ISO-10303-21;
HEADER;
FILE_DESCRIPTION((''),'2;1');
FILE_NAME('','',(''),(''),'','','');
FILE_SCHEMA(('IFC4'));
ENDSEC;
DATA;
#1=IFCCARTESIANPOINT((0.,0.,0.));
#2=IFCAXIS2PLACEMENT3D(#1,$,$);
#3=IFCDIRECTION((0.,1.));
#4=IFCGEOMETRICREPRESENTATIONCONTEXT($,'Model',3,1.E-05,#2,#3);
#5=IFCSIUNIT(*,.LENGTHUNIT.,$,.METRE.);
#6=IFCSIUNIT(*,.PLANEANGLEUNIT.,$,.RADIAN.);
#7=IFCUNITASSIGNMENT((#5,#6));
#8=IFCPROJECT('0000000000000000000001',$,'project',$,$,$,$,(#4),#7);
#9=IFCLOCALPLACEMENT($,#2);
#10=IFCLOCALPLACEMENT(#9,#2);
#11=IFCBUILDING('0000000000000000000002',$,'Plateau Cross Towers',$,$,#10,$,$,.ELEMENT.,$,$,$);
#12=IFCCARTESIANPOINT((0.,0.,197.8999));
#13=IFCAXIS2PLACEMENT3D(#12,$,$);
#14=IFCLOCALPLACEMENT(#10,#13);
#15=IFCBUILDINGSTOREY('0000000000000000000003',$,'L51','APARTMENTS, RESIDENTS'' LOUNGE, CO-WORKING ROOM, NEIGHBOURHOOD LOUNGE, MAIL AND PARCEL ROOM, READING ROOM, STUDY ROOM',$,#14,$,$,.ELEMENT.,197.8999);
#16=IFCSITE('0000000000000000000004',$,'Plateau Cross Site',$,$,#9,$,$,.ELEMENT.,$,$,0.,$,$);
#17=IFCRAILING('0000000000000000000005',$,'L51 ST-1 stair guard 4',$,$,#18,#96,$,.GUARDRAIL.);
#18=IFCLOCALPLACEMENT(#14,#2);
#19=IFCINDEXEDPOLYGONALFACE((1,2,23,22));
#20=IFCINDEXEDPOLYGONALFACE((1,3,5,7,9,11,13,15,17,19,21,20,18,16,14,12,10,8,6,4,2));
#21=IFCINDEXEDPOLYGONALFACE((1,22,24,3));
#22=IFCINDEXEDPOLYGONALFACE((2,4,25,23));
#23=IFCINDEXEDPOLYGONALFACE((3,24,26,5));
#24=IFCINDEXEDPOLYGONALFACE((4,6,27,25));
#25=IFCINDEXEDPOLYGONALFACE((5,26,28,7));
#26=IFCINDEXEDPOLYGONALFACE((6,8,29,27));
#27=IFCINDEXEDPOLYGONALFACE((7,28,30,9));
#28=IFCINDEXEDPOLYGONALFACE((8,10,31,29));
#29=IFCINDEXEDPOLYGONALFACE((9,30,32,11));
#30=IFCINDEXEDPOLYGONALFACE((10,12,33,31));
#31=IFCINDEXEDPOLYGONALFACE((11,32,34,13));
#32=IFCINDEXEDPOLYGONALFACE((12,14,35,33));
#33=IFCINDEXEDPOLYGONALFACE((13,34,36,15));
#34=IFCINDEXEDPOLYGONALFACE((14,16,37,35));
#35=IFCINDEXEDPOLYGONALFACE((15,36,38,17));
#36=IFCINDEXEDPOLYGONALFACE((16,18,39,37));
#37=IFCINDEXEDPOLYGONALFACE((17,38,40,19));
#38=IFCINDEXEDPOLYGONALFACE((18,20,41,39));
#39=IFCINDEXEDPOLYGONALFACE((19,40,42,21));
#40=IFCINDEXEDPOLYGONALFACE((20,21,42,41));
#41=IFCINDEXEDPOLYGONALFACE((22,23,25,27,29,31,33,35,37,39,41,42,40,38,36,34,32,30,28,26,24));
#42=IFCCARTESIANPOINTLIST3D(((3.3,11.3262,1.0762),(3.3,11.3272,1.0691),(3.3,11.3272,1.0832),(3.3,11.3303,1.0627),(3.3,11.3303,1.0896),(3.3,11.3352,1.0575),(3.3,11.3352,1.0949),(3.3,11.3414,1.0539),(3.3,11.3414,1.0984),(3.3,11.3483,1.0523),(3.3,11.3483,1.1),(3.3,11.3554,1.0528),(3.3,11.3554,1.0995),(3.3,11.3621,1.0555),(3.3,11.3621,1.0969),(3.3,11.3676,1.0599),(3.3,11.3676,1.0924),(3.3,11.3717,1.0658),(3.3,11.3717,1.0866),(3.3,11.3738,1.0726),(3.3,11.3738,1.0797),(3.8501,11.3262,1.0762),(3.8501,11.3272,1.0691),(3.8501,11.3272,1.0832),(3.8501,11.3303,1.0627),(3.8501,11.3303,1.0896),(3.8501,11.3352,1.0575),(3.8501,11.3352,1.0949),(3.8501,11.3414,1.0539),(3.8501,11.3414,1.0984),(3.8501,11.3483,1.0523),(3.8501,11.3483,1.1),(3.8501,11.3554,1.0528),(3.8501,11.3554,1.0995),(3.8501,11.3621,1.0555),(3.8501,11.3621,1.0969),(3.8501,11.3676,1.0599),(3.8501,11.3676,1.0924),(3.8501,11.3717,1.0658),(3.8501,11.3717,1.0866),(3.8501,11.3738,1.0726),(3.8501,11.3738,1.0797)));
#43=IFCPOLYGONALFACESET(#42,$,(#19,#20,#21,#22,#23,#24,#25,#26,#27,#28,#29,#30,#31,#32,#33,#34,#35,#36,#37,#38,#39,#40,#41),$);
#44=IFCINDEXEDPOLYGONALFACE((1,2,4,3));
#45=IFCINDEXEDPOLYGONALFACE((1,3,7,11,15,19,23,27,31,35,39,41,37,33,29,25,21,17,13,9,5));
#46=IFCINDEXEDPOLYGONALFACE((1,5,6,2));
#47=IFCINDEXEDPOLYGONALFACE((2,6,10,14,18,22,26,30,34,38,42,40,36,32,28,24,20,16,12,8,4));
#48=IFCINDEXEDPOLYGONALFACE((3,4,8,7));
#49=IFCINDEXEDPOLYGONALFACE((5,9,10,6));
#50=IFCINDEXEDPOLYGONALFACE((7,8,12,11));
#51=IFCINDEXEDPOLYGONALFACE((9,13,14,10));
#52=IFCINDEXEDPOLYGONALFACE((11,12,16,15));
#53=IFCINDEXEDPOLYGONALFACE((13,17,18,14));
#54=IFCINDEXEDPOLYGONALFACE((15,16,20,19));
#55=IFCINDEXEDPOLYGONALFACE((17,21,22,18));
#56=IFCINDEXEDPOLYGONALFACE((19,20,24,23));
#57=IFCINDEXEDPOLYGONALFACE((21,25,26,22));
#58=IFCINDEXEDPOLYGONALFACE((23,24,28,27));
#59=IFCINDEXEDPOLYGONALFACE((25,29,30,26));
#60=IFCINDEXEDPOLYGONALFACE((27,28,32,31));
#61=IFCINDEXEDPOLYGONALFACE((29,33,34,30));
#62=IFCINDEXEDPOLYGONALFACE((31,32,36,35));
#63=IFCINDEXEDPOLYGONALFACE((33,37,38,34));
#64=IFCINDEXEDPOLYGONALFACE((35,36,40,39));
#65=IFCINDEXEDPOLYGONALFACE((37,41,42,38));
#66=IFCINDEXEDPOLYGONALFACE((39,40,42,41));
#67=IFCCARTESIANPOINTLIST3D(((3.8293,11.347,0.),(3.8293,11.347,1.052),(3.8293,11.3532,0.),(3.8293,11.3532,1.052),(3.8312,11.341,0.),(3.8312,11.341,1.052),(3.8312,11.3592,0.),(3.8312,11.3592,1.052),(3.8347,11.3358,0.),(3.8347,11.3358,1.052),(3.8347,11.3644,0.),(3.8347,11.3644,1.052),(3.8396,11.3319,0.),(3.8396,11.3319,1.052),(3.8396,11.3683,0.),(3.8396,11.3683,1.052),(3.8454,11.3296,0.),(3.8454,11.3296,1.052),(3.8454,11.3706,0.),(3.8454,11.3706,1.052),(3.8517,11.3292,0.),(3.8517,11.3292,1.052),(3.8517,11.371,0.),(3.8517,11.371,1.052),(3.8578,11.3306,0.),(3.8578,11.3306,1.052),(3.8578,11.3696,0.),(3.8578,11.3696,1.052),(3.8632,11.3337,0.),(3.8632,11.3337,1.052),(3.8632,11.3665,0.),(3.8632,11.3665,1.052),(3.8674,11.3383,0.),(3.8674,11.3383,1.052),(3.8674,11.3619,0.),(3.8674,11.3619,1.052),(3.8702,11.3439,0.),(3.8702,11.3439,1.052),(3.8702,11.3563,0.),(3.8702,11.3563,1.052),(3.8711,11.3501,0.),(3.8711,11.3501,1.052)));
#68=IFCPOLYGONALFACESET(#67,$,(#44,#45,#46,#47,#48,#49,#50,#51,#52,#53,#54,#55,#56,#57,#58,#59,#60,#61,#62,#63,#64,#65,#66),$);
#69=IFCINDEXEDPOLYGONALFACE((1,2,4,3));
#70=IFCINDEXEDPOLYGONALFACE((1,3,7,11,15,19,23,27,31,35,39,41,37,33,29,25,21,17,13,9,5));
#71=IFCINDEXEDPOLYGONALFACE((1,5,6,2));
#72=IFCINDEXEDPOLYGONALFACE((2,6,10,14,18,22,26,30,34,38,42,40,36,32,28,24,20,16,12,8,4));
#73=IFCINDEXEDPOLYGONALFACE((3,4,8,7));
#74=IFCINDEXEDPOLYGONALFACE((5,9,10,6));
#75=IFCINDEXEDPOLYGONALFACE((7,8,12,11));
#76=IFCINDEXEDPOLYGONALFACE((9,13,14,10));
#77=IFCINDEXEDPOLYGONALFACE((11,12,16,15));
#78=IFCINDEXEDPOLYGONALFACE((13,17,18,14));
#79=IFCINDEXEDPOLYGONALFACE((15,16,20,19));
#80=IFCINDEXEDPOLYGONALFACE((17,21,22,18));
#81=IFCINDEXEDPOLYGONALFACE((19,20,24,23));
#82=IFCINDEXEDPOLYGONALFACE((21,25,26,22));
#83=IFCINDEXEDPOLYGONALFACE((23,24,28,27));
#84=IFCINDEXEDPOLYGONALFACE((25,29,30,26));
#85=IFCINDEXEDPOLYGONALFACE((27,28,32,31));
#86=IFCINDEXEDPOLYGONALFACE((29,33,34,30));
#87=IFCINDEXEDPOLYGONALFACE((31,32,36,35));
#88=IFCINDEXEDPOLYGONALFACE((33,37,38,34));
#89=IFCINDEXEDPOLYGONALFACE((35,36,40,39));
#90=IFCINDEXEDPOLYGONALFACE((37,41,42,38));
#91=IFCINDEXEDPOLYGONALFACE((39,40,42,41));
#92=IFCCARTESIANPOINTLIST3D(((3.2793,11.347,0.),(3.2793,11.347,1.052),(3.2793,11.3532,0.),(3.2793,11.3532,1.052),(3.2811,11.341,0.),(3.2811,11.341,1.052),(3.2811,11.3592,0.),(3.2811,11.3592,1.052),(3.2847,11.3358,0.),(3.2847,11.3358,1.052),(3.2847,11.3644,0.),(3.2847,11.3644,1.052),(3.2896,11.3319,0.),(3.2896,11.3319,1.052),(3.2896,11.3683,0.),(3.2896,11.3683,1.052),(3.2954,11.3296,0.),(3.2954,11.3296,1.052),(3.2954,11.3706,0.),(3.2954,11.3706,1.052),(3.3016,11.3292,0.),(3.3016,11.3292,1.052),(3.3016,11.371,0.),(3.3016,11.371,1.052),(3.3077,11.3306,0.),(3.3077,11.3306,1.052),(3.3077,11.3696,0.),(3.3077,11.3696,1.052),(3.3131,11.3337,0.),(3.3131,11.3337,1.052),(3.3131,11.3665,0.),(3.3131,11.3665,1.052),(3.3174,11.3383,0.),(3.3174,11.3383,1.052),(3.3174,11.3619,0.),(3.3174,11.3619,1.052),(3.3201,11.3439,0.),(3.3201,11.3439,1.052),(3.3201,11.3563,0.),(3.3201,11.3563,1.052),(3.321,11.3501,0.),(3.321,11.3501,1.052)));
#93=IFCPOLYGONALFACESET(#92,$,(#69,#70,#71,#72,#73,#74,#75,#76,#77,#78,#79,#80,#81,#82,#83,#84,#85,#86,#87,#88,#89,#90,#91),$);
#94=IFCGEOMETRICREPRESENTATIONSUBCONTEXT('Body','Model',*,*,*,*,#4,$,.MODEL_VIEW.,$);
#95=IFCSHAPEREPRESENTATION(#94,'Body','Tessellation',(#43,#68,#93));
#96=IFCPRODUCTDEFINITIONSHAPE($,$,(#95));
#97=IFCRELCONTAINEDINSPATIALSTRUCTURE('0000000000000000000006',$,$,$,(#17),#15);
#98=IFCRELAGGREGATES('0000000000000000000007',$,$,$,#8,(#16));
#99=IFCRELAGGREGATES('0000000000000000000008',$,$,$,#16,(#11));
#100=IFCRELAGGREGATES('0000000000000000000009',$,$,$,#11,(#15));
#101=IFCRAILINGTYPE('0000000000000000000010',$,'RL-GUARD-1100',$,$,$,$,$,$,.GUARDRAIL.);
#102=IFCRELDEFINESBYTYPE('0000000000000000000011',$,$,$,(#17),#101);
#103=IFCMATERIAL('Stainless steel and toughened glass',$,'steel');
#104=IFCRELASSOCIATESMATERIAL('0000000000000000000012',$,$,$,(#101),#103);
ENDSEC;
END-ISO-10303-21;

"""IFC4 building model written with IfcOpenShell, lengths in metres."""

from ifc_helpers import new_model, si_unit, direction, frame, origin, origin_2d, place, context, subcontext, project, spatial, circle, extrude, material, type_object, element, save


model = new_model("IFC4")

# Units and contexts
model_context = context("Model", 3, precision=1e-05, world=origin(), true_north=direction((0.0, 1.0)))
body_context = subcontext(model_context, "Body", "Model", "MODEL_VIEW")
ifc_project = project(units=[si_unit("LENGTHUNIT", "METRE"), si_unit("PLANEANGLEUNIT", "RADIAN")], contexts=[model_context])

# Site, building, storey
site_placement = place(None, origin())
site = spatial("IfcSite", under=ifc_project, at=site_placement, Name="Plateau Cross Site", CompositionType="ELEMENT", RefElevation=0.0)
building_placement = place(site_placement, origin())
building = spatial("IfcBuilding", under=site, at=building_placement, Name="Plateau Cross Towers", CompositionType="ELEMENT")
storey_placement = place(building_placement, frame((0.0, 0.0, 197.8999)))
storey = spatial("IfcBuildingStorey", under=building, at=storey_placement, Name="L51", Description="APARTMENTS, RESIDENTS' LOUNGE, CO-WORKING ROOM, NEIGHBOURHOOD LOUNGE, MAIL AND PARCEL ROOM, READING ROOM, STUDY ROOM", CompositionType="ELEMENT", Elevation=197.8999)

# Railing
ifc_material_1 = material(Name="Stainless steel and toughened glass", Category="steel")
railing_type_1 = type_object("IfcRailingType", Name="RL-GUARD-1100", PredefinedType="GUARDRAIL", material=ifc_material_1)
railing_1_placement = place(storey_placement, frame((3.8501, 11.3501, 0.0)))
element("IfcRailing", 1, at=railing_1_placement, inside=storey, type_object=railing_type_1, Name="L51 ST-1 stair guard 4", PredefinedType="GUARDRAIL", context=body_context, shape_type="SweptSolid", body=[
    extrude(circle(Radius=0.0239, at=origin_2d()), frame((0.0, 0.0, 1.0762), z_axis=(-1.0, 0.0, 0.0), x_axis=(0.0, -1.0, 0.0)), (0.0, 0.0, 1.0), 0.55),
    extrude(circle(Radius=0.021, at=origin_2d()), origin(), (0.0, 0.0, 1.0), 1.052),
    extrude(circle(Radius=0.021, at=origin_2d()), frame((-0.55, 0.0, 0.0)), (0.0, 0.0, 1.0), 1.052),
])

save(model, "model.ifc")
